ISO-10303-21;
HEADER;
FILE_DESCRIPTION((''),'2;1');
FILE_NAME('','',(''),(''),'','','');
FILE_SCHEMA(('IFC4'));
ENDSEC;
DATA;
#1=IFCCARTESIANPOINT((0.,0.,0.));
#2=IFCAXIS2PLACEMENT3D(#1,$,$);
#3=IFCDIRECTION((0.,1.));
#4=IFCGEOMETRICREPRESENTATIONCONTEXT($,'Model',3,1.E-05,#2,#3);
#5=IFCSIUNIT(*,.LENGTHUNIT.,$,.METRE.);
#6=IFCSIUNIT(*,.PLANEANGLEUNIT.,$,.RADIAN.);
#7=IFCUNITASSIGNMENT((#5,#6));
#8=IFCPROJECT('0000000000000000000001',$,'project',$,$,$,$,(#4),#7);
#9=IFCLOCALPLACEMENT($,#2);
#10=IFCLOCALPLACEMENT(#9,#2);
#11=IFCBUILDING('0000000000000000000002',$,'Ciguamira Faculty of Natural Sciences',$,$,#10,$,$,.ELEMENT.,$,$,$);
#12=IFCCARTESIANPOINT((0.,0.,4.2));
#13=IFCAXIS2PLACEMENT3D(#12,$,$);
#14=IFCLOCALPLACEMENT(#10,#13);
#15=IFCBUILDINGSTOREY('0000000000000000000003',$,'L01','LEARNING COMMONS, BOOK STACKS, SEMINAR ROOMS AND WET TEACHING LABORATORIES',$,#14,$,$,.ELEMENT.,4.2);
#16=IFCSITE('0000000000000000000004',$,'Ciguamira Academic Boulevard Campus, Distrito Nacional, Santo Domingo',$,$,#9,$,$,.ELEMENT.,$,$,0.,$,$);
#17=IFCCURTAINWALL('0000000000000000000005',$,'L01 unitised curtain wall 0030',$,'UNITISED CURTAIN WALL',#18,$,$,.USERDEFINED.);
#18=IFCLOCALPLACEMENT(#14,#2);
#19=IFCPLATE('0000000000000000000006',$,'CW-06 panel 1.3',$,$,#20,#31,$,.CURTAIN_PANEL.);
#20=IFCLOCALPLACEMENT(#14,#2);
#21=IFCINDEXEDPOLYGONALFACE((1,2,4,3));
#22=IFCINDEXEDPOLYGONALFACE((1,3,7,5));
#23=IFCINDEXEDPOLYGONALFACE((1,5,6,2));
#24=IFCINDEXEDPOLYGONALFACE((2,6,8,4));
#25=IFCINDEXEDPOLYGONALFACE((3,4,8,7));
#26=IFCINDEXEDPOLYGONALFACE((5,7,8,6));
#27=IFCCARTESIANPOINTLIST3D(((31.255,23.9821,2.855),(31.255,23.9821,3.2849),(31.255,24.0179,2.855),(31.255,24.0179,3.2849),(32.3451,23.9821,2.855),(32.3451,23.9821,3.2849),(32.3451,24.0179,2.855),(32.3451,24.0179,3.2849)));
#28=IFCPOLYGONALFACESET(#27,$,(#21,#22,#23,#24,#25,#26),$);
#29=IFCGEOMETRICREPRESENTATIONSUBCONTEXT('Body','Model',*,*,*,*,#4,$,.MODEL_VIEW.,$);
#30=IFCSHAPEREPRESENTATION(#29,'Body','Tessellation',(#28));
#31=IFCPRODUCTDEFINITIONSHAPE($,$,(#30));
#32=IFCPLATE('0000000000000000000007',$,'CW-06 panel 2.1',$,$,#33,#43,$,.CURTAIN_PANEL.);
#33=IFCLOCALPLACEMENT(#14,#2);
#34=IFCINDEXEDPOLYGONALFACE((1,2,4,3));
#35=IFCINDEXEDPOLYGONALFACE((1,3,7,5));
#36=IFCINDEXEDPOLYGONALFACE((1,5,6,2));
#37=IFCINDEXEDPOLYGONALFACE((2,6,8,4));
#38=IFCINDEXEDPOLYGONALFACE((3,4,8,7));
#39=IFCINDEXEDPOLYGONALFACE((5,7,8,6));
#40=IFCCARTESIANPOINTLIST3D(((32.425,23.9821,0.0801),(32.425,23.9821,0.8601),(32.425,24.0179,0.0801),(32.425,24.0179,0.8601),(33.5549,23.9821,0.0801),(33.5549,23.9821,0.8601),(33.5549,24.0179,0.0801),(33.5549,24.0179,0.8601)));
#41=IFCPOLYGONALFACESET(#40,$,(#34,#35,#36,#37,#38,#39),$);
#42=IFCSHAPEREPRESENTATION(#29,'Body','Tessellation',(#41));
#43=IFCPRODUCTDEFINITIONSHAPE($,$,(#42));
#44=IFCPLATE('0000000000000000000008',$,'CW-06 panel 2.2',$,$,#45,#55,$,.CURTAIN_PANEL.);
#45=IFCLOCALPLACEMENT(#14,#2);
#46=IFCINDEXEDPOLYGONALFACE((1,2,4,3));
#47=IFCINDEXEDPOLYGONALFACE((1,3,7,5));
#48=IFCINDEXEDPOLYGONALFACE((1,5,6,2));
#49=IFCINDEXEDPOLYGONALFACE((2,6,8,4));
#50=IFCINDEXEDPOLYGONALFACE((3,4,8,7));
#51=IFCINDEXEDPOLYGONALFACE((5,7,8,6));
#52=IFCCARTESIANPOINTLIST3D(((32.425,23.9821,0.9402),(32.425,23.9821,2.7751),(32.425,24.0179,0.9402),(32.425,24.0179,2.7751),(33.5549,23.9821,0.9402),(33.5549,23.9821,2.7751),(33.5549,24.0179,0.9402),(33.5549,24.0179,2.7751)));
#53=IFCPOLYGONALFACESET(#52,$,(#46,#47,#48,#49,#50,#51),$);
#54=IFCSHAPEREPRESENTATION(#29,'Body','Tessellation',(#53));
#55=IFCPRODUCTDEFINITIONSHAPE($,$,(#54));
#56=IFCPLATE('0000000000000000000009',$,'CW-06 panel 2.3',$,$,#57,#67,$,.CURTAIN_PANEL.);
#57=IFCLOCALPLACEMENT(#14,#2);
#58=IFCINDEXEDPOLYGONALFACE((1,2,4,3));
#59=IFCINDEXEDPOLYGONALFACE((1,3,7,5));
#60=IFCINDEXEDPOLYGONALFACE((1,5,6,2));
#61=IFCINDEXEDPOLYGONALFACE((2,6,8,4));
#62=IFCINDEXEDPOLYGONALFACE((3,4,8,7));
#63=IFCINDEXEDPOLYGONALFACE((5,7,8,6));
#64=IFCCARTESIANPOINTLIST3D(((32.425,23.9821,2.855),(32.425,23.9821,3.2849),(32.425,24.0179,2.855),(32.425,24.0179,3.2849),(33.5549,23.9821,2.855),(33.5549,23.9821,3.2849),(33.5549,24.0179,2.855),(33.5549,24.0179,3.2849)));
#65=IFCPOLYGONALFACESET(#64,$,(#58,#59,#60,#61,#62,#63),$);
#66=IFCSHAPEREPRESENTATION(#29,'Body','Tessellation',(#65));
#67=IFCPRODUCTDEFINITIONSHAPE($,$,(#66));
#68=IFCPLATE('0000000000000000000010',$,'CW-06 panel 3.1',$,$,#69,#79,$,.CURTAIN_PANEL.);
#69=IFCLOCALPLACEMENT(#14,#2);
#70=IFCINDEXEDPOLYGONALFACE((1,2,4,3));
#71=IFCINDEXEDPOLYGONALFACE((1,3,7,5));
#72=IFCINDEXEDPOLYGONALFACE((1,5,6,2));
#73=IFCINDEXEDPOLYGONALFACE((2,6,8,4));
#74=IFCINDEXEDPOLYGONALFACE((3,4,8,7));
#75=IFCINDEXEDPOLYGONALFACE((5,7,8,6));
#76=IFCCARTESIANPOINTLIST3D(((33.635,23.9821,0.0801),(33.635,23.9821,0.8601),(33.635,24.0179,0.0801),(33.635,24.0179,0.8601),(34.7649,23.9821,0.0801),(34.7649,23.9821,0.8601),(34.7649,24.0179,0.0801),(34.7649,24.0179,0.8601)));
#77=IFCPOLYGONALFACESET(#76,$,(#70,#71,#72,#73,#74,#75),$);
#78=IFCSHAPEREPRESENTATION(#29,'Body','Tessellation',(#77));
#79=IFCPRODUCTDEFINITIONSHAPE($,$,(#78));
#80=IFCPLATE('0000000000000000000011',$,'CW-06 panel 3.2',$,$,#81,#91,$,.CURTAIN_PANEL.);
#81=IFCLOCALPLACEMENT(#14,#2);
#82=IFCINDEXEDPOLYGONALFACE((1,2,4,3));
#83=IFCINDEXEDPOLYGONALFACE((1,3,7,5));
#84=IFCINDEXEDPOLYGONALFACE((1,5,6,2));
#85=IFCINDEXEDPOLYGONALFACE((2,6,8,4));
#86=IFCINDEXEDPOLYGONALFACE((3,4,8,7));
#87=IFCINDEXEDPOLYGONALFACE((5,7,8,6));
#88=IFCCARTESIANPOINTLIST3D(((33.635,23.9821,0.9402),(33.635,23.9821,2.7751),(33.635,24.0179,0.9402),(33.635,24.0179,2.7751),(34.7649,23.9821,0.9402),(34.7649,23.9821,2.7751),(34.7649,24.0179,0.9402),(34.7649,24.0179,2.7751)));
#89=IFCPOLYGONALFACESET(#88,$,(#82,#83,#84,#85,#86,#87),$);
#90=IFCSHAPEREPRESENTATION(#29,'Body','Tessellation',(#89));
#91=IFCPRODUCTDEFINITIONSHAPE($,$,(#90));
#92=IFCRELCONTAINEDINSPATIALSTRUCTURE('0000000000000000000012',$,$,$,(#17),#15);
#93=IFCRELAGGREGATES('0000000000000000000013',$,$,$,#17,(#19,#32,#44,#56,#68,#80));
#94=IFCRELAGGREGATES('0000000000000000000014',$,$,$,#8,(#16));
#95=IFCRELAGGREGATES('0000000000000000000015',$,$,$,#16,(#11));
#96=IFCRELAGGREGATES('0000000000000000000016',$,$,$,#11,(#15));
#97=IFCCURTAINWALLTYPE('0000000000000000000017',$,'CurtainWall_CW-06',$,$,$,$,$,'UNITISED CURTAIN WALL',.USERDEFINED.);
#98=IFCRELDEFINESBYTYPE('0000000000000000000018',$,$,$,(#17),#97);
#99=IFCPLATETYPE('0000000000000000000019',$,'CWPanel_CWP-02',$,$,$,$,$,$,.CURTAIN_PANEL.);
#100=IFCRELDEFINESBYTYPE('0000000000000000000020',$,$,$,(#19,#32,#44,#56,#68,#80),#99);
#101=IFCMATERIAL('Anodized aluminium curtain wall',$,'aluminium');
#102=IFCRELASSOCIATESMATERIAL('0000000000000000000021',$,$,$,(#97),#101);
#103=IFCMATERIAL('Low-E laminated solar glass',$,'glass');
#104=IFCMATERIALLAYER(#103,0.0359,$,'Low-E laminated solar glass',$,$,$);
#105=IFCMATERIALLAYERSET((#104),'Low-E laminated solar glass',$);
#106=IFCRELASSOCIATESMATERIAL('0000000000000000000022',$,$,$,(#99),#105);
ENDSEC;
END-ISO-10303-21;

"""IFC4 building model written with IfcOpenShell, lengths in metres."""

from ifc_helpers import new_model, si_unit, direction, frame, origin, origin_2d, place, context, subcontext, project, spatial, rectangle, extrude, material, layer, layer_set, type_object, element, aggregate, save


model = new_model("IFC4")

# Units and contexts
model_context = context("Model", 3, precision=1e-05, world=origin(), true_north=direction((0.0, 1.0)))
body_context = subcontext(model_context, "Body", "Model", "MODEL_VIEW")
ifc_project = project(units=[si_unit("LENGTHUNIT", "METRE"), si_unit("PLANEANGLEUNIT", "RADIAN")], contexts=[model_context])

# Site, building, storey
site_placement = place(None, origin())
site = spatial("IfcSite", under=ifc_project, at=site_placement, Name="Ciguamira Academic Boulevard Campus, Distrito Nacional, Santo Domingo", CompositionType="ELEMENT", RefElevation=0.0)
building_placement = place(site_placement, origin())
building = spatial("IfcBuilding", under=site, at=building_placement, Name="Ciguamira Faculty of Natural Sciences", CompositionType="ELEMENT")
storey_placement = place(building_placement, frame((0.0, 0.0, 4.2)))
storey = spatial("IfcBuildingStorey", under=building, at=storey_placement, Name="L01", Description="LEARNING COMMONS, BOOK STACKS, SEMINAR ROOMS AND WET TEACHING LABORATORIES", CompositionType="ELEMENT", Elevation=4.2)

# Curtain wall, plates
ifc_material_1 = material(Name="Anodized aluminium curtain wall", Category="aluminium")
curtain_wall_type = type_object("IfcCurtainWallType", Name="CurtainWall_CW-06", ElementType="UNITISED CURTAIN WALL", PredefinedType="USERDEFINED", material=ifc_material_1)
curtain_wall_placement = place(storey_placement, origin())
curtain_wall = element("IfcCurtainWall", 1, at=curtain_wall_placement, inside=storey, type_object=curtain_wall_type, Name="L01 unitised curtain wall 0030", ObjectType="UNITISED CURTAIN WALL", PredefinedType="USERDEFINED")
ifc_material_2 = material(Name="Low-E laminated solar glass", Category="glass")
ifc_layer = layer(ifc_material_2, 0.0359, Name="Low-E laminated solar glass")
ifc_layer_set = layer_set([ifc_layer], Name="Low-E laminated solar glass")
plate_type = type_object("IfcPlateType", Name="CWPanel_CWP-02", PredefinedType="CURTAIN_PANEL", material=ifc_layer_set)
plate_1_placement = place(storey_placement, frame((31.8, 24.0, 2.855), z_axis=(0.0, 0.0, 1.0), x_axis=(1.0, 0.0, 0.0)))
plate_1 = element("IfcPlate", 2, at=plate_1_placement, type_object=plate_type, Name="CW-06 panel 1.3", PredefinedType="CURTAIN_PANEL", context=body_context, shape_type="SweptSolid", body=[
    extrude(rectangle(XDim=1.0901, YDim=0.0359, at=origin_2d()), origin(), (0.0, 0.0, 1.0), 0.4299),
])
plate_2_placement = place(storey_placement, frame((32.99, 24.0, 0.0801), z_axis=(0.0, 0.0, 1.0), x_axis=(1.0, 0.0, 0.0)))
plate_2 = element("IfcPlate", 3, at=plate_2_placement, type_object=plate_type, Name="CW-06 panel 2.1", PredefinedType="CURTAIN_PANEL", context=body_context, shape_type="SweptSolid", body=[
    extrude(rectangle(XDim=1.1299, YDim=0.0359, at=origin_2d()), origin(), (0.0, 0.0, 1.0), 0.78),
])
plate_3_placement = place(storey_placement, frame((32.99, 24.0, 0.9402), z_axis=(0.0, 0.0, 1.0), x_axis=(1.0, 0.0, 0.0)))
plate_3 = element("IfcPlate", 4, at=plate_3_placement, type_object=plate_type, Name="CW-06 panel 2.2", PredefinedType="CURTAIN_PANEL", context=body_context, shape_type="SweptSolid", body=[
    extrude(rectangle(XDim=1.1299, YDim=0.0359, at=origin_2d()), origin(), (0.0, 0.0, 1.0), 1.835),
])
plate_4_placement = place(storey_placement, frame((32.99, 24.0, 2.855), z_axis=(0.0, 0.0, 1.0), x_axis=(1.0, 0.0, 0.0)))
plate_4 = element("IfcPlate", 5, at=plate_4_placement, type_object=plate_type, Name="CW-06 panel 2.3", PredefinedType="CURTAIN_PANEL", context=body_context, shape_type="SweptSolid", body=[
    extrude(rectangle(XDim=1.1299, YDim=0.0359, at=origin_2d()), origin(), (0.0, 0.0, 1.0), 0.4299),
])
plate_5_placement = place(storey_placement, frame((34.2, 24.0, 0.0801), z_axis=(0.0, 0.0, 1.0), x_axis=(1.0, 0.0, 0.0)))
plate_5 = element("IfcPlate", 6, at=plate_5_placement, type_object=plate_type, Name="CW-06 panel 3.1", PredefinedType="CURTAIN_PANEL", context=body_context, shape_type="SweptSolid", body=[
    extrude(rectangle(XDim=1.1299, YDim=0.0359, at=origin_2d()), origin(), (0.0, 0.0, 1.0), 0.78),
])
plate_6_placement = place(storey_placement, frame((34.2, 24.0, 0.9402), z_axis=(0.0, 0.0, 1.0), x_axis=(1.0, 0.0, 0.0)))
plate_6 = element("IfcPlate", 7, at=plate_6_placement, type_object=plate_type, Name="CW-06 panel 3.2", PredefinedType="CURTAIN_PANEL", context=body_context, shape_type="SweptSolid", body=[
    extrude(rectangle(XDim=1.1299, YDim=0.0359, at=origin_2d()), origin(), (0.0, 0.0, 1.0), 1.835),
])
aggregate(curtain_wall, [plate_1, plate_2, plate_3, plate_4, plate_5, plate_6])

save(model, "model.ifc")
